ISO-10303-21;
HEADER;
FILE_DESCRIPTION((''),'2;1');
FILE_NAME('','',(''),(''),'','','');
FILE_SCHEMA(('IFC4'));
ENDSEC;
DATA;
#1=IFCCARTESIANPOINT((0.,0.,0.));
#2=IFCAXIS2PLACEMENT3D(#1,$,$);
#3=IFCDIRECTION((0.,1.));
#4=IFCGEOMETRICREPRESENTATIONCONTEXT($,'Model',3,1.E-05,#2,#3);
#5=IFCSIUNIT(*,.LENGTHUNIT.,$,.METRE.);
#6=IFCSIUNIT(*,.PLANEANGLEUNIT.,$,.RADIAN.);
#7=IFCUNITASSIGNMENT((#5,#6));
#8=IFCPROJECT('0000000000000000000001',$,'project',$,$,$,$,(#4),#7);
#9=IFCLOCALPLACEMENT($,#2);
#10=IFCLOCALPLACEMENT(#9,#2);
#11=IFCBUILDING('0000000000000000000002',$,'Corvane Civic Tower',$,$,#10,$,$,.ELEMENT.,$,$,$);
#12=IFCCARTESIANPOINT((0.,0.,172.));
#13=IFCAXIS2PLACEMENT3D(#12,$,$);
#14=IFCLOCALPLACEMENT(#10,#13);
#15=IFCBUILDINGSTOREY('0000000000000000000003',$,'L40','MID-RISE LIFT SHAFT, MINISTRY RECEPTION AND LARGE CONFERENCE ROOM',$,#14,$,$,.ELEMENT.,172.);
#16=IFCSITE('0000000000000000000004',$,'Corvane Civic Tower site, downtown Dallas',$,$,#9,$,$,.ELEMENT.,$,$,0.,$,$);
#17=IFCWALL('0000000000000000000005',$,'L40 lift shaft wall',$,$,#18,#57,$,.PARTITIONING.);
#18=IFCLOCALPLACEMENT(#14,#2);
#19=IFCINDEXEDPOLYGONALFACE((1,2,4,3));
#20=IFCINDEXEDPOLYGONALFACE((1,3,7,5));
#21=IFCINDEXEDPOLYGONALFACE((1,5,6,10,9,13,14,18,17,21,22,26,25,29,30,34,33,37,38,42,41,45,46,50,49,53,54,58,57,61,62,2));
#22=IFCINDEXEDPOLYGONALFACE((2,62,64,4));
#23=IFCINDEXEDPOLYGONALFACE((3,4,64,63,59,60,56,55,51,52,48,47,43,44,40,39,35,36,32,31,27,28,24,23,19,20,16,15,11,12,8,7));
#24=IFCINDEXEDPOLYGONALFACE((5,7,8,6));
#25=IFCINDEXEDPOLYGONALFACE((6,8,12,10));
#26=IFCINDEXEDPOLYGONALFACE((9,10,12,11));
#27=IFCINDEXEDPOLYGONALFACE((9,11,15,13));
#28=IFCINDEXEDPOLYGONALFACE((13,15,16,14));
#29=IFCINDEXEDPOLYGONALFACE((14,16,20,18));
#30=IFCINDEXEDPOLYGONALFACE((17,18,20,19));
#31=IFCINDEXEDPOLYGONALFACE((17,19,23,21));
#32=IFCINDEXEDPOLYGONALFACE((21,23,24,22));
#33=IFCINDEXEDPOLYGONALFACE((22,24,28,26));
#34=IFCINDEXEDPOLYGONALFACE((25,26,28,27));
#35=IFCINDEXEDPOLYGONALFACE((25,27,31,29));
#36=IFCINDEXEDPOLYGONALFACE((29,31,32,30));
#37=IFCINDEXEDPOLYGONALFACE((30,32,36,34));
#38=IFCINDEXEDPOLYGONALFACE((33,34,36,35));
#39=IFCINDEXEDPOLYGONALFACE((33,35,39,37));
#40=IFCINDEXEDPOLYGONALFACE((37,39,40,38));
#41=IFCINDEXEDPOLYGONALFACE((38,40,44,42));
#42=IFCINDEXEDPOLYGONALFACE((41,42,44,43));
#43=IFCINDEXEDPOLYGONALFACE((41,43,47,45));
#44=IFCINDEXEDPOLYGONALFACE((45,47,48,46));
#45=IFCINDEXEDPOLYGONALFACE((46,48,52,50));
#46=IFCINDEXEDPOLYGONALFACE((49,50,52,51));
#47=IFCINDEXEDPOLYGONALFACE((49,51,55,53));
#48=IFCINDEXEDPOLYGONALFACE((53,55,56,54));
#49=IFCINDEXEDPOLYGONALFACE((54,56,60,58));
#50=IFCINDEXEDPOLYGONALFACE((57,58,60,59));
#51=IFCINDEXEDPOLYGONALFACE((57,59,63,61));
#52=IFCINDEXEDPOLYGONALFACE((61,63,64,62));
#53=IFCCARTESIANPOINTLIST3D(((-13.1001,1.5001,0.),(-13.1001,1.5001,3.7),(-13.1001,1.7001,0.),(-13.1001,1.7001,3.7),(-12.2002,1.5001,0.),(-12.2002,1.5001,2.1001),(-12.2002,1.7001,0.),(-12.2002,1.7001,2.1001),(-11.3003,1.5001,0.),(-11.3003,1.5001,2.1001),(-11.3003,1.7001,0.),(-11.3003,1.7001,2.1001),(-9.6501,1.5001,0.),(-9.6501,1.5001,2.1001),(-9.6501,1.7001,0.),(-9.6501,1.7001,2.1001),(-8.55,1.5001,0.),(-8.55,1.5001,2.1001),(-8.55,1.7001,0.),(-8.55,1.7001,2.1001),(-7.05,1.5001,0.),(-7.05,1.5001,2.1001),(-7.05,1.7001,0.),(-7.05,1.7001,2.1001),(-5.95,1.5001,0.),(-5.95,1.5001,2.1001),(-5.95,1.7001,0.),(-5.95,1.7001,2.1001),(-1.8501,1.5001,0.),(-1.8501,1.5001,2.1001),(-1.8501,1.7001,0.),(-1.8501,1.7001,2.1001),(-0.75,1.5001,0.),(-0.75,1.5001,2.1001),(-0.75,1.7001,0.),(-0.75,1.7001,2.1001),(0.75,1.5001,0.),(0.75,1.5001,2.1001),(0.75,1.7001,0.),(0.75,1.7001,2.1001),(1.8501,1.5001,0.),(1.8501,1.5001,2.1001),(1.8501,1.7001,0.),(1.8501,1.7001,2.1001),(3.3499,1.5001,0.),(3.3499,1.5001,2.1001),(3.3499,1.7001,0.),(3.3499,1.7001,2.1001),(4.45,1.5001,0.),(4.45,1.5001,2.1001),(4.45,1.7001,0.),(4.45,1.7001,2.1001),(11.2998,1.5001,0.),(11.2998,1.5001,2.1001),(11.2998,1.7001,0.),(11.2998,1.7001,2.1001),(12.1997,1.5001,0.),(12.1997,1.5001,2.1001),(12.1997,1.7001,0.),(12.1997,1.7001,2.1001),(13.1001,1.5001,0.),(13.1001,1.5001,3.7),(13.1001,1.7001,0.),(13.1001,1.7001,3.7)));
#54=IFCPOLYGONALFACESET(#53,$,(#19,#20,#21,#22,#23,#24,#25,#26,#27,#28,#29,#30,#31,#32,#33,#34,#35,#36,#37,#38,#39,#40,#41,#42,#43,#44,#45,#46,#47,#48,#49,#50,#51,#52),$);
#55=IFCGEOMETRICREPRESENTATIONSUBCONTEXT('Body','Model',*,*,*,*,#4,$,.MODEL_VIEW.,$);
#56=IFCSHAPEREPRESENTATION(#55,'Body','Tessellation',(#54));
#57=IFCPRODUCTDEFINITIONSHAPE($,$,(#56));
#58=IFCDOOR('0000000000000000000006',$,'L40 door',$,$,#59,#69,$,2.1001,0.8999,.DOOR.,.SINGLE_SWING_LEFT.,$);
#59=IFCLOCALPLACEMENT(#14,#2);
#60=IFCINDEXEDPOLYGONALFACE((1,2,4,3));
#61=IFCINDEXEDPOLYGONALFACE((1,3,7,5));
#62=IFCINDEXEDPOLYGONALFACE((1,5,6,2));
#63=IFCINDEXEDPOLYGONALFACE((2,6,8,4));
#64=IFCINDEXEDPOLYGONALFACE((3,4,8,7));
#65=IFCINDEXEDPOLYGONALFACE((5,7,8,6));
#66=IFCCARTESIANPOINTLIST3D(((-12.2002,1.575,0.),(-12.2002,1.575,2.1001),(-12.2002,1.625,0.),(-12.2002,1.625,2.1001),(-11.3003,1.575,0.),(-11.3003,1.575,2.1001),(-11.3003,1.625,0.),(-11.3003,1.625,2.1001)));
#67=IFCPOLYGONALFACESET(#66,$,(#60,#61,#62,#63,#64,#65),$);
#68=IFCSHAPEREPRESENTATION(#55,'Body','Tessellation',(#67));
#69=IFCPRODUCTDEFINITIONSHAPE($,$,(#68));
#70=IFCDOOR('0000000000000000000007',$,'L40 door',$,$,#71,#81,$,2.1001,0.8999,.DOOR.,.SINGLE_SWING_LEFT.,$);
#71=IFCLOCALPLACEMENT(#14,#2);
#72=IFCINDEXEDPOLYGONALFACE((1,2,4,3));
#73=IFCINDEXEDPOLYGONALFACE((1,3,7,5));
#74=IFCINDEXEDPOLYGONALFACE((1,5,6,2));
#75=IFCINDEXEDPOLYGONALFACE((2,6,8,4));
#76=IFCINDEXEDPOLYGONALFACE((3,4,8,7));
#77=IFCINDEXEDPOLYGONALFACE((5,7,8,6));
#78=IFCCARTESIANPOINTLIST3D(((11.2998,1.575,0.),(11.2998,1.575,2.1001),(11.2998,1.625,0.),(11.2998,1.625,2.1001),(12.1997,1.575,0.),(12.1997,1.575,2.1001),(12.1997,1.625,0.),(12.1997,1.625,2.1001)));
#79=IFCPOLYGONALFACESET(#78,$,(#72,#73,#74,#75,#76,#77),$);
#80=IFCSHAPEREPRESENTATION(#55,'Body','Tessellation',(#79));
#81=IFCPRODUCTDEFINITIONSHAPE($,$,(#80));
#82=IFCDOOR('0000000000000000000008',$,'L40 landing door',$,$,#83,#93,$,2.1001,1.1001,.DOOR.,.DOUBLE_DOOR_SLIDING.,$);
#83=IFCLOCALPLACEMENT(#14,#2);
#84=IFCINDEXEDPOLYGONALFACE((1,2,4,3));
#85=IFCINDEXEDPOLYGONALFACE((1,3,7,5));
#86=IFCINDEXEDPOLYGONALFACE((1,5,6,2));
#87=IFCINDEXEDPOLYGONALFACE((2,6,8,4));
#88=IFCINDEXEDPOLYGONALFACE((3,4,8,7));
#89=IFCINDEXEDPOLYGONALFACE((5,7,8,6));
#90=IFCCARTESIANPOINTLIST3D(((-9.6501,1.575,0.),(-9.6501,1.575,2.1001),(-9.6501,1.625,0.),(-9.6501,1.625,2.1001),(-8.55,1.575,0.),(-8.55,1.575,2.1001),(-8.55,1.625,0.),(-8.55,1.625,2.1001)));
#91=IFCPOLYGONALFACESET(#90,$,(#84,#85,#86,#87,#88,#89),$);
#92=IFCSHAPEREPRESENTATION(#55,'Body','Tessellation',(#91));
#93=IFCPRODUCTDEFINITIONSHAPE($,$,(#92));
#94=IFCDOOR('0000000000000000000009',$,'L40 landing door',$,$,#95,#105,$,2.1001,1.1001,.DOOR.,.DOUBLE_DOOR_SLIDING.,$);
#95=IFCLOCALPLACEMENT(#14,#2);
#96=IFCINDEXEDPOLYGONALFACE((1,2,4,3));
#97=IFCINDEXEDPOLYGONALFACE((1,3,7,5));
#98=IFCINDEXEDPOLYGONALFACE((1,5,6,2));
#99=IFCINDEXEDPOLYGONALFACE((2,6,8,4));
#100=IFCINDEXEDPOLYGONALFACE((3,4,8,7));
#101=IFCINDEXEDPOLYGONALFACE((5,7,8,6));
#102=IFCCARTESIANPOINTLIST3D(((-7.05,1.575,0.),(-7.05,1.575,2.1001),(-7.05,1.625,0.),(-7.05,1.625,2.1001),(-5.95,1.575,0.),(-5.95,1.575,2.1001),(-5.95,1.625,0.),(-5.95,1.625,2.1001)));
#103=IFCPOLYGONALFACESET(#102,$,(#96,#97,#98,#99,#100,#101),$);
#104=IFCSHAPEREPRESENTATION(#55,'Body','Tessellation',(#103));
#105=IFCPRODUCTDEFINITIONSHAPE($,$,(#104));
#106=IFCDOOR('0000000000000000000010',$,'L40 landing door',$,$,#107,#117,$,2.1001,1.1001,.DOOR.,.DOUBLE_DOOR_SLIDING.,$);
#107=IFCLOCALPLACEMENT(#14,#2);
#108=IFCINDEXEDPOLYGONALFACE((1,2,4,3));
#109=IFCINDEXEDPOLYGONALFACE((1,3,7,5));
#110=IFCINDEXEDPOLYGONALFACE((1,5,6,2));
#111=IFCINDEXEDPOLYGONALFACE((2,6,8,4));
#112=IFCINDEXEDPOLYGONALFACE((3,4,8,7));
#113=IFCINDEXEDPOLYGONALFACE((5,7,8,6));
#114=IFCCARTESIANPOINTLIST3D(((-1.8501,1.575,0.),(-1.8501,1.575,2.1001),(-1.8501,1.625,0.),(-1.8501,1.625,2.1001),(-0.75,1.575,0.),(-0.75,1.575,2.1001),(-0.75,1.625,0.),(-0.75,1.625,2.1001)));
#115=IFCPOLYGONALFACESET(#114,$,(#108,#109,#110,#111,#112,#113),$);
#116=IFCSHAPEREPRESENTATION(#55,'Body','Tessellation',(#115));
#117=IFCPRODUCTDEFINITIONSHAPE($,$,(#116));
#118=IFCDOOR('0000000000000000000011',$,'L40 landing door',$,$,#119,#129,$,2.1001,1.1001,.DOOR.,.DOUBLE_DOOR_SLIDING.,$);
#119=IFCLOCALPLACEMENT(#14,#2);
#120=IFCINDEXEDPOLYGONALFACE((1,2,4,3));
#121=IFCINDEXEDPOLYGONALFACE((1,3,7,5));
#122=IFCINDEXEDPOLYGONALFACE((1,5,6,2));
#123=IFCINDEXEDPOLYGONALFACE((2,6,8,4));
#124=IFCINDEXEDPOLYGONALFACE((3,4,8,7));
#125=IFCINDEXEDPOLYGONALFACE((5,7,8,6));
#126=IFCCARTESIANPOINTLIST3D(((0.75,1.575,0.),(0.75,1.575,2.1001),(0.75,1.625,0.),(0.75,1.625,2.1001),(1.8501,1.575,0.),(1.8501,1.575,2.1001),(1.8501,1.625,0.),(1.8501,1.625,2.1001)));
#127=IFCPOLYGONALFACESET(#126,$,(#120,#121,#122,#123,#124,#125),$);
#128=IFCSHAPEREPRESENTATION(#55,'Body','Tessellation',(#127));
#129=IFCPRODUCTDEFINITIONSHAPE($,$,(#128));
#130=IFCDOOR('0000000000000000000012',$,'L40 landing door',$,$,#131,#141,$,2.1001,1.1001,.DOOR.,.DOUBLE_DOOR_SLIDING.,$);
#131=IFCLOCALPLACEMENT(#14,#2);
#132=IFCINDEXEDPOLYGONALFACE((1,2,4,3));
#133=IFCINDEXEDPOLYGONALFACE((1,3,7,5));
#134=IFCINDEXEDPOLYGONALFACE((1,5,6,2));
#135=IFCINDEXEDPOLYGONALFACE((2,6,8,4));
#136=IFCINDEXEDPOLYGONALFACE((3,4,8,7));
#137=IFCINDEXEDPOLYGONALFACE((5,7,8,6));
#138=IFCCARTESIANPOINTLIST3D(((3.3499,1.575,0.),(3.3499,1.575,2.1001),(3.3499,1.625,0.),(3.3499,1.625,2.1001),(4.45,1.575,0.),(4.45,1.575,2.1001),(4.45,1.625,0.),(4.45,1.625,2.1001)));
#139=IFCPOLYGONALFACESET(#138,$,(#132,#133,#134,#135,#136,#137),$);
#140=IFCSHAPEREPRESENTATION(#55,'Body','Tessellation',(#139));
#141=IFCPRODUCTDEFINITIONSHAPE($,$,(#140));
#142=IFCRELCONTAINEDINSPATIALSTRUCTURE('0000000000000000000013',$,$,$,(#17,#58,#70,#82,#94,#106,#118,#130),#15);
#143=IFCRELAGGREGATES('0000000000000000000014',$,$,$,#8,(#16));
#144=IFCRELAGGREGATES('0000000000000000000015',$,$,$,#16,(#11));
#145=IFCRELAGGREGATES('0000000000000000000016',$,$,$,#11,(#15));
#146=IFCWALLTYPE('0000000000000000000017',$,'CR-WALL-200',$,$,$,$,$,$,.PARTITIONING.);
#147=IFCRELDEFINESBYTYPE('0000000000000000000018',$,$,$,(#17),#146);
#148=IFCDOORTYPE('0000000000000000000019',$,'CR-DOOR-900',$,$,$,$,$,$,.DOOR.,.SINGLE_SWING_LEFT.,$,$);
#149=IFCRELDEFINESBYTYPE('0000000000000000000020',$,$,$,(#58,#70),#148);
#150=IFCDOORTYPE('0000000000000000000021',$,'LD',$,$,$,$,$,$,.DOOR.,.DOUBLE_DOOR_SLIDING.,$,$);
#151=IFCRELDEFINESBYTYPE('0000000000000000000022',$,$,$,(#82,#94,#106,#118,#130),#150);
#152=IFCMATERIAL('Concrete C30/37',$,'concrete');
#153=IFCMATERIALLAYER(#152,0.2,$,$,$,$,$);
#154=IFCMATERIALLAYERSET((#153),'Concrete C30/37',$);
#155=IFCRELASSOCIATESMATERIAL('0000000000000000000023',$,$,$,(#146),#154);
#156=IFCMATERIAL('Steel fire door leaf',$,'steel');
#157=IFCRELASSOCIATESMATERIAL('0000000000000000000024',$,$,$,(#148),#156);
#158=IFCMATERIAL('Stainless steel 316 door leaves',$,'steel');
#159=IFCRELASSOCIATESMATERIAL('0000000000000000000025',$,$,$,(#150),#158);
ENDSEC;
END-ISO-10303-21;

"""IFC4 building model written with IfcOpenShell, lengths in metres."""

from ifc_helpers import new_model, si_unit, direction, frame, frame_2d, origin, place, context, subcontext, project, spatial, rectangle, extrude, material, layer, layer_set, type_object, element, fill, save


model = new_model("IFC4")

# Units and contexts
model_context = context("Model", 3, precision=1e-05, world=origin(), true_north=direction((0.0, 1.0)))
body_context = subcontext(model_context, "Body", "Model", "MODEL_VIEW")
ifc_project = project(units=[si_unit("LENGTHUNIT", "METRE"), si_unit("PLANEANGLEUNIT", "RADIAN")], contexts=[model_context])

# Site, building, storey
site_placement = place(None, origin())
site = spatial("IfcSite", under=ifc_project, at=site_placement, Name="Corvane Civic Tower site, downtown Dallas", CompositionType="ELEMENT", RefElevation=0.0)
building_placement = place(site_placement, origin())
building = spatial("IfcBuilding", under=site, at=building_placement, Name="Corvane Civic Tower", CompositionType="ELEMENT")
storey_placement = place(building_placement, frame((0.0, 0.0, 172.0)))
storey = spatial("IfcBuildingStorey", under=building, at=storey_placement, Name="L40", Description="MID-RISE LIFT SHAFT, MINISTRY RECEPTION AND LARGE CONFERENCE ROOM", CompositionType="ELEMENT", Elevation=172.0)

# Wall, openings, doors
ifc_material_1 = material(Name="Concrete C30/37", Category="concrete")
ifc_layer_1 = layer(ifc_material_1, 0.2)
ifc_layer_set_1 = layer_set([ifc_layer_1], Name="Concrete C30/37")
wall_type_1 = type_object("IfcWallType", Name="CR-WALL-200", PredefinedType="PARTITIONING", material=ifc_layer_set_1)
wall_1_placement = place(storey_placement, frame((-13.1001, 1.6001, 0.0), z_axis=(0.0, 0.0, 1.0), x_axis=(1.0, 0.0, 0.0)))
wall_1 = element("IfcWall", 1, at=wall_1_placement, inside=storey, type_object=wall_type_1, Name="L40 lift shaft wall", PredefinedType="PARTITIONING", context=body_context, shape_type="SweptSolid", body=[
    extrude(rectangle(XDim=26.2002, YDim=0.2, at=frame_2d((13.1001, 0.0))), origin(), (0.0, 0.0, 1.0), 3.7),
])
opening_1_placement = place(wall_1_placement, frame((3.45, 0.0, 0.0)))
opening_1 = element("IfcOpeningElement", 2, at=opening_1_placement, cuts=wall_1, PredefinedType="OPENING", context=body_context, shape_type="SweptSolid", body=[
    extrude(rectangle(XDim=1.1001, YDim=2.1001, at=frame_2d((0.55, 1.05))), frame((0.0, 0.1099, 0.0), z_axis=(0.0, -1.0, 0.0), x_axis=(1.0, 0.0, 0.0)), (0.0, 0.0, 1.0), 0.22),
])
opening_2_placement = place(wall_1_placement, frame((6.05, 0.0, 0.0)))
opening_2 = element("IfcOpeningElement", 3, at=opening_2_placement, cuts=wall_1, PredefinedType="OPENING", context=body_context, shape_type="SweptSolid", body=[
    extrude(rectangle(XDim=1.1001, YDim=2.1001, at=frame_2d((0.55, 1.05))), frame((0.0, 0.1099, 0.0), z_axis=(0.0, -1.0, 0.0), x_axis=(1.0, 0.0, 0.0)), (0.0, 0.0, 1.0), 0.22),
])
opening_3_placement = place(wall_1_placement, frame((11.25, 0.0, 0.0)))
opening_3 = element("IfcOpeningElement", 4, at=opening_3_placement, cuts=wall_1, PredefinedType="OPENING", context=body_context, shape_type="SweptSolid", body=[
    extrude(rectangle(XDim=1.1001, YDim=2.1001, at=frame_2d((0.55, 1.05))), frame((0.0, 0.1099, 0.0), z_axis=(0.0, -1.0, 0.0), x_axis=(1.0, 0.0, 0.0)), (0.0, 0.0, 1.0), 0.22),
])
opening_4_placement = place(wall_1_placement, frame((13.8501, 0.0, 0.0)))
opening_4 = element("IfcOpeningElement", 5, at=opening_4_placement, cuts=wall_1, PredefinedType="OPENING", context=body_context, shape_type="SweptSolid", body=[
    extrude(rectangle(XDim=1.1001, YDim=2.1001, at=frame_2d((0.55, 1.05))), frame((0.0, 0.1099, 0.0), z_axis=(0.0, -1.0, 0.0), x_axis=(1.0, 0.0, 0.0)), (0.0, 0.0, 1.0), 0.22),
])
opening_5_placement = place(wall_1_placement, frame((16.45, 0.0, 0.0)))
opening_5 = element("IfcOpeningElement", 6, at=opening_5_placement, cuts=wall_1, PredefinedType="OPENING", context=body_context, shape_type="SweptSolid", body=[
    extrude(rectangle(XDim=1.1001, YDim=2.1001, at=frame_2d((0.55, 1.05))), frame((0.0, 0.1099, 0.0), z_axis=(0.0, -1.0, 0.0), x_axis=(1.0, 0.0, 0.0)), (0.0, 0.0, 1.0), 0.22),
])
opening_6_placement = place(wall_1_placement, frame((0.8999, 0.0, 0.0)))
opening_6 = element("IfcOpeningElement", 7, at=opening_6_placement, cuts=wall_1, PredefinedType="OPENING", context=body_context, shape_type="SweptSolid", body=[
    extrude(rectangle(XDim=0.8999, YDim=2.1001, at=frame_2d((0.45, 1.05))), frame((0.0, 0.1099, 0.0), z_axis=(0.0, -1.0, 0.0), x_axis=(1.0, 0.0, 0.0)), (0.0, 0.0, 1.0), 0.22),
])
opening_7_placement = place(wall_1_placement, frame((24.3999, 0.0, 0.0)))
opening_7 = element("IfcOpeningElement", 8, at=opening_7_placement, cuts=wall_1, PredefinedType="OPENING", context=body_context, shape_type="SweptSolid", body=[
    extrude(rectangle(XDim=0.8999, YDim=2.1001, at=frame_2d((0.45, 1.05))), frame((0.0, 0.1099, 0.0), z_axis=(0.0, -1.0, 0.0), x_axis=(1.0, 0.0, 0.0)), (0.0, 0.0, 1.0), 0.22),
])
ifc_material_2 = material(Name="Steel fire door leaf", Category="steel")
door_type_1 = type_object("IfcDoorType", Name="CR-DOOR-900", OperationType="SINGLE_SWING_LEFT", PredefinedType="DOOR", material=ifc_material_2)
door_1_placement = place(opening_6_placement, origin())
door_1 = element("IfcDoor", 9, at=door_1_placement, inside=storey, type_object=door_type_1, Name="L40 door", OperationType="SINGLE_SWING_LEFT", OverallHeight=2.1001, OverallWidth=0.8999, PredefinedType="DOOR", context=body_context, shape_type="SweptSolid", body=[
    extrude(rectangle(XDim=0.8999, YDim=2.1001, at=frame_2d((0.45, 1.05))), frame((0.0, 0.0249, 0.0), z_axis=(0.0, -1.0, 0.0), x_axis=(1.0, 0.0, 0.0)), (0.0, 0.0, 1.0), 0.05),
])
fill(opening_6, door_1)
door_2_placement = place(opening_7_placement, origin())
door_2 = element("IfcDoor", 10, at=door_2_placement, inside=storey, type_object=door_type_1, Name="L40 door", OperationType="SINGLE_SWING_LEFT", OverallHeight=2.1001, OverallWidth=0.8999, PredefinedType="DOOR", context=body_context, shape_type="SweptSolid", body=[
    extrude(rectangle(XDim=0.8999, YDim=2.1001, at=frame_2d((0.45, 1.05))), frame((0.0, 0.0249, 0.0), z_axis=(0.0, -1.0, 0.0), x_axis=(1.0, 0.0, 0.0)), (0.0, 0.0, 1.0), 0.05),
])
fill(opening_7, door_2)
ifc_material_3 = material(Name="Stainless steel 316 door leaves", Category="steel")
door_type_2 = type_object("IfcDoorType", Name="LD", OperationType="DOUBLE_DOOR_SLIDING", PredefinedType="DOOR", material=ifc_material_3)
door_3_placement = place(opening_1_placement, origin())
door_3 = element("IfcDoor", 11, at=door_3_placement, inside=storey, type_object=door_type_2, Name="L40 landing door", OperationType="DOUBLE_DOOR_SLIDING", OverallHeight=2.1001, OverallWidth=1.1001, PredefinedType="DOOR", context=body_context, shape_type="SweptSolid", body=[
    extrude(rectangle(XDim=1.1001, YDim=2.1001, at=frame_2d((0.55, 1.05))), frame((0.0, 0.0249, 0.0), z_axis=(0.0, -1.0, 0.0), x_axis=(1.0, 0.0, 0.0)), (0.0, 0.0, 1.0), 0.05),
])
fill(opening_1, door_3)
door_4_placement = place(opening_2_placement, origin())
door_4 = element("IfcDoor", 12, at=door_4_placement, inside=storey, type_object=door_type_2, Name="L40 landing door", OperationType="DOUBLE_DOOR_SLIDING", OverallHeight=2.1001, OverallWidth=1.1001, PredefinedType="DOOR", context=body_context, shape_type="SweptSolid", body=[
    extrude(rectangle(XDim=1.1001, YDim=2.1001, at=frame_2d((0.55, 1.05))), frame((0.0, 0.0249, 0.0), z_axis=(0.0, -1.0, 0.0), x_axis=(1.0, 0.0, 0.0)), (0.0, 0.0, 1.0), 0.05),
])
fill(opening_2, door_4)
door_5_placement = place(opening_3_placement, origin())
door_5 = element("IfcDoor", 13, at=door_5_placement, inside=storey, type_object=door_type_2, Name="L40 landing door", OperationType="DOUBLE_DOOR_SLIDING", OverallHeight=2.1001, OverallWidth=1.1001, PredefinedType="DOOR", context=body_context, shape_type="SweptSolid", body=[
    extrude(rectangle(XDim=1.1001, YDim=2.1001, at=frame_2d((0.55, 1.05))), frame((0.0, 0.0249, 0.0), z_axis=(0.0, -1.0, 0.0), x_axis=(1.0, 0.0, 0.0)), (0.0, 0.0, 1.0), 0.05),
])
fill(opening_3, door_5)
door_6_placement = place(opening_4_placement, origin())
door_6 = element("IfcDoor", 14, at=door_6_placement, inside=storey, type_object=door_type_2, Name="L40 landing door", OperationType="DOUBLE_DOOR_SLIDING", OverallHeight=2.1001, OverallWidth=1.1001, PredefinedType="DOOR", context=body_context, shape_type="SweptSolid", body=[
    extrude(rectangle(XDim=1.1001, YDim=2.1001, at=frame_2d((0.55, 1.05))), frame((0.0, 0.0249, 0.0), z_axis=(0.0, -1.0, 0.0), x_axis=(1.0, 0.0, 0.0)), (0.0, 0.0, 1.0), 0.05),
])
fill(opening_4, door_6)
door_7_placement = place(opening_5_placement, origin())
door_7 = element("IfcDoor", 15, at=door_7_placement, inside=storey, type_object=door_type_2, Name="L40 landing door", OperationType="DOUBLE_DOOR_SLIDING", OverallHeight=2.1001, OverallWidth=1.1001, PredefinedType="DOOR", context=body_context, shape_type="SweptSolid", body=[
    extrude(rectangle(XDim=1.1001, YDim=2.1001, at=frame_2d((0.55, 1.05))), frame((0.0, 0.0249, 0.0), z_axis=(0.0, -1.0, 0.0), x_axis=(1.0, 0.0, 0.0)), (0.0, 0.0, 1.0), 0.05),
])
fill(opening_5, door_7)

save(model, "model.ifc")
